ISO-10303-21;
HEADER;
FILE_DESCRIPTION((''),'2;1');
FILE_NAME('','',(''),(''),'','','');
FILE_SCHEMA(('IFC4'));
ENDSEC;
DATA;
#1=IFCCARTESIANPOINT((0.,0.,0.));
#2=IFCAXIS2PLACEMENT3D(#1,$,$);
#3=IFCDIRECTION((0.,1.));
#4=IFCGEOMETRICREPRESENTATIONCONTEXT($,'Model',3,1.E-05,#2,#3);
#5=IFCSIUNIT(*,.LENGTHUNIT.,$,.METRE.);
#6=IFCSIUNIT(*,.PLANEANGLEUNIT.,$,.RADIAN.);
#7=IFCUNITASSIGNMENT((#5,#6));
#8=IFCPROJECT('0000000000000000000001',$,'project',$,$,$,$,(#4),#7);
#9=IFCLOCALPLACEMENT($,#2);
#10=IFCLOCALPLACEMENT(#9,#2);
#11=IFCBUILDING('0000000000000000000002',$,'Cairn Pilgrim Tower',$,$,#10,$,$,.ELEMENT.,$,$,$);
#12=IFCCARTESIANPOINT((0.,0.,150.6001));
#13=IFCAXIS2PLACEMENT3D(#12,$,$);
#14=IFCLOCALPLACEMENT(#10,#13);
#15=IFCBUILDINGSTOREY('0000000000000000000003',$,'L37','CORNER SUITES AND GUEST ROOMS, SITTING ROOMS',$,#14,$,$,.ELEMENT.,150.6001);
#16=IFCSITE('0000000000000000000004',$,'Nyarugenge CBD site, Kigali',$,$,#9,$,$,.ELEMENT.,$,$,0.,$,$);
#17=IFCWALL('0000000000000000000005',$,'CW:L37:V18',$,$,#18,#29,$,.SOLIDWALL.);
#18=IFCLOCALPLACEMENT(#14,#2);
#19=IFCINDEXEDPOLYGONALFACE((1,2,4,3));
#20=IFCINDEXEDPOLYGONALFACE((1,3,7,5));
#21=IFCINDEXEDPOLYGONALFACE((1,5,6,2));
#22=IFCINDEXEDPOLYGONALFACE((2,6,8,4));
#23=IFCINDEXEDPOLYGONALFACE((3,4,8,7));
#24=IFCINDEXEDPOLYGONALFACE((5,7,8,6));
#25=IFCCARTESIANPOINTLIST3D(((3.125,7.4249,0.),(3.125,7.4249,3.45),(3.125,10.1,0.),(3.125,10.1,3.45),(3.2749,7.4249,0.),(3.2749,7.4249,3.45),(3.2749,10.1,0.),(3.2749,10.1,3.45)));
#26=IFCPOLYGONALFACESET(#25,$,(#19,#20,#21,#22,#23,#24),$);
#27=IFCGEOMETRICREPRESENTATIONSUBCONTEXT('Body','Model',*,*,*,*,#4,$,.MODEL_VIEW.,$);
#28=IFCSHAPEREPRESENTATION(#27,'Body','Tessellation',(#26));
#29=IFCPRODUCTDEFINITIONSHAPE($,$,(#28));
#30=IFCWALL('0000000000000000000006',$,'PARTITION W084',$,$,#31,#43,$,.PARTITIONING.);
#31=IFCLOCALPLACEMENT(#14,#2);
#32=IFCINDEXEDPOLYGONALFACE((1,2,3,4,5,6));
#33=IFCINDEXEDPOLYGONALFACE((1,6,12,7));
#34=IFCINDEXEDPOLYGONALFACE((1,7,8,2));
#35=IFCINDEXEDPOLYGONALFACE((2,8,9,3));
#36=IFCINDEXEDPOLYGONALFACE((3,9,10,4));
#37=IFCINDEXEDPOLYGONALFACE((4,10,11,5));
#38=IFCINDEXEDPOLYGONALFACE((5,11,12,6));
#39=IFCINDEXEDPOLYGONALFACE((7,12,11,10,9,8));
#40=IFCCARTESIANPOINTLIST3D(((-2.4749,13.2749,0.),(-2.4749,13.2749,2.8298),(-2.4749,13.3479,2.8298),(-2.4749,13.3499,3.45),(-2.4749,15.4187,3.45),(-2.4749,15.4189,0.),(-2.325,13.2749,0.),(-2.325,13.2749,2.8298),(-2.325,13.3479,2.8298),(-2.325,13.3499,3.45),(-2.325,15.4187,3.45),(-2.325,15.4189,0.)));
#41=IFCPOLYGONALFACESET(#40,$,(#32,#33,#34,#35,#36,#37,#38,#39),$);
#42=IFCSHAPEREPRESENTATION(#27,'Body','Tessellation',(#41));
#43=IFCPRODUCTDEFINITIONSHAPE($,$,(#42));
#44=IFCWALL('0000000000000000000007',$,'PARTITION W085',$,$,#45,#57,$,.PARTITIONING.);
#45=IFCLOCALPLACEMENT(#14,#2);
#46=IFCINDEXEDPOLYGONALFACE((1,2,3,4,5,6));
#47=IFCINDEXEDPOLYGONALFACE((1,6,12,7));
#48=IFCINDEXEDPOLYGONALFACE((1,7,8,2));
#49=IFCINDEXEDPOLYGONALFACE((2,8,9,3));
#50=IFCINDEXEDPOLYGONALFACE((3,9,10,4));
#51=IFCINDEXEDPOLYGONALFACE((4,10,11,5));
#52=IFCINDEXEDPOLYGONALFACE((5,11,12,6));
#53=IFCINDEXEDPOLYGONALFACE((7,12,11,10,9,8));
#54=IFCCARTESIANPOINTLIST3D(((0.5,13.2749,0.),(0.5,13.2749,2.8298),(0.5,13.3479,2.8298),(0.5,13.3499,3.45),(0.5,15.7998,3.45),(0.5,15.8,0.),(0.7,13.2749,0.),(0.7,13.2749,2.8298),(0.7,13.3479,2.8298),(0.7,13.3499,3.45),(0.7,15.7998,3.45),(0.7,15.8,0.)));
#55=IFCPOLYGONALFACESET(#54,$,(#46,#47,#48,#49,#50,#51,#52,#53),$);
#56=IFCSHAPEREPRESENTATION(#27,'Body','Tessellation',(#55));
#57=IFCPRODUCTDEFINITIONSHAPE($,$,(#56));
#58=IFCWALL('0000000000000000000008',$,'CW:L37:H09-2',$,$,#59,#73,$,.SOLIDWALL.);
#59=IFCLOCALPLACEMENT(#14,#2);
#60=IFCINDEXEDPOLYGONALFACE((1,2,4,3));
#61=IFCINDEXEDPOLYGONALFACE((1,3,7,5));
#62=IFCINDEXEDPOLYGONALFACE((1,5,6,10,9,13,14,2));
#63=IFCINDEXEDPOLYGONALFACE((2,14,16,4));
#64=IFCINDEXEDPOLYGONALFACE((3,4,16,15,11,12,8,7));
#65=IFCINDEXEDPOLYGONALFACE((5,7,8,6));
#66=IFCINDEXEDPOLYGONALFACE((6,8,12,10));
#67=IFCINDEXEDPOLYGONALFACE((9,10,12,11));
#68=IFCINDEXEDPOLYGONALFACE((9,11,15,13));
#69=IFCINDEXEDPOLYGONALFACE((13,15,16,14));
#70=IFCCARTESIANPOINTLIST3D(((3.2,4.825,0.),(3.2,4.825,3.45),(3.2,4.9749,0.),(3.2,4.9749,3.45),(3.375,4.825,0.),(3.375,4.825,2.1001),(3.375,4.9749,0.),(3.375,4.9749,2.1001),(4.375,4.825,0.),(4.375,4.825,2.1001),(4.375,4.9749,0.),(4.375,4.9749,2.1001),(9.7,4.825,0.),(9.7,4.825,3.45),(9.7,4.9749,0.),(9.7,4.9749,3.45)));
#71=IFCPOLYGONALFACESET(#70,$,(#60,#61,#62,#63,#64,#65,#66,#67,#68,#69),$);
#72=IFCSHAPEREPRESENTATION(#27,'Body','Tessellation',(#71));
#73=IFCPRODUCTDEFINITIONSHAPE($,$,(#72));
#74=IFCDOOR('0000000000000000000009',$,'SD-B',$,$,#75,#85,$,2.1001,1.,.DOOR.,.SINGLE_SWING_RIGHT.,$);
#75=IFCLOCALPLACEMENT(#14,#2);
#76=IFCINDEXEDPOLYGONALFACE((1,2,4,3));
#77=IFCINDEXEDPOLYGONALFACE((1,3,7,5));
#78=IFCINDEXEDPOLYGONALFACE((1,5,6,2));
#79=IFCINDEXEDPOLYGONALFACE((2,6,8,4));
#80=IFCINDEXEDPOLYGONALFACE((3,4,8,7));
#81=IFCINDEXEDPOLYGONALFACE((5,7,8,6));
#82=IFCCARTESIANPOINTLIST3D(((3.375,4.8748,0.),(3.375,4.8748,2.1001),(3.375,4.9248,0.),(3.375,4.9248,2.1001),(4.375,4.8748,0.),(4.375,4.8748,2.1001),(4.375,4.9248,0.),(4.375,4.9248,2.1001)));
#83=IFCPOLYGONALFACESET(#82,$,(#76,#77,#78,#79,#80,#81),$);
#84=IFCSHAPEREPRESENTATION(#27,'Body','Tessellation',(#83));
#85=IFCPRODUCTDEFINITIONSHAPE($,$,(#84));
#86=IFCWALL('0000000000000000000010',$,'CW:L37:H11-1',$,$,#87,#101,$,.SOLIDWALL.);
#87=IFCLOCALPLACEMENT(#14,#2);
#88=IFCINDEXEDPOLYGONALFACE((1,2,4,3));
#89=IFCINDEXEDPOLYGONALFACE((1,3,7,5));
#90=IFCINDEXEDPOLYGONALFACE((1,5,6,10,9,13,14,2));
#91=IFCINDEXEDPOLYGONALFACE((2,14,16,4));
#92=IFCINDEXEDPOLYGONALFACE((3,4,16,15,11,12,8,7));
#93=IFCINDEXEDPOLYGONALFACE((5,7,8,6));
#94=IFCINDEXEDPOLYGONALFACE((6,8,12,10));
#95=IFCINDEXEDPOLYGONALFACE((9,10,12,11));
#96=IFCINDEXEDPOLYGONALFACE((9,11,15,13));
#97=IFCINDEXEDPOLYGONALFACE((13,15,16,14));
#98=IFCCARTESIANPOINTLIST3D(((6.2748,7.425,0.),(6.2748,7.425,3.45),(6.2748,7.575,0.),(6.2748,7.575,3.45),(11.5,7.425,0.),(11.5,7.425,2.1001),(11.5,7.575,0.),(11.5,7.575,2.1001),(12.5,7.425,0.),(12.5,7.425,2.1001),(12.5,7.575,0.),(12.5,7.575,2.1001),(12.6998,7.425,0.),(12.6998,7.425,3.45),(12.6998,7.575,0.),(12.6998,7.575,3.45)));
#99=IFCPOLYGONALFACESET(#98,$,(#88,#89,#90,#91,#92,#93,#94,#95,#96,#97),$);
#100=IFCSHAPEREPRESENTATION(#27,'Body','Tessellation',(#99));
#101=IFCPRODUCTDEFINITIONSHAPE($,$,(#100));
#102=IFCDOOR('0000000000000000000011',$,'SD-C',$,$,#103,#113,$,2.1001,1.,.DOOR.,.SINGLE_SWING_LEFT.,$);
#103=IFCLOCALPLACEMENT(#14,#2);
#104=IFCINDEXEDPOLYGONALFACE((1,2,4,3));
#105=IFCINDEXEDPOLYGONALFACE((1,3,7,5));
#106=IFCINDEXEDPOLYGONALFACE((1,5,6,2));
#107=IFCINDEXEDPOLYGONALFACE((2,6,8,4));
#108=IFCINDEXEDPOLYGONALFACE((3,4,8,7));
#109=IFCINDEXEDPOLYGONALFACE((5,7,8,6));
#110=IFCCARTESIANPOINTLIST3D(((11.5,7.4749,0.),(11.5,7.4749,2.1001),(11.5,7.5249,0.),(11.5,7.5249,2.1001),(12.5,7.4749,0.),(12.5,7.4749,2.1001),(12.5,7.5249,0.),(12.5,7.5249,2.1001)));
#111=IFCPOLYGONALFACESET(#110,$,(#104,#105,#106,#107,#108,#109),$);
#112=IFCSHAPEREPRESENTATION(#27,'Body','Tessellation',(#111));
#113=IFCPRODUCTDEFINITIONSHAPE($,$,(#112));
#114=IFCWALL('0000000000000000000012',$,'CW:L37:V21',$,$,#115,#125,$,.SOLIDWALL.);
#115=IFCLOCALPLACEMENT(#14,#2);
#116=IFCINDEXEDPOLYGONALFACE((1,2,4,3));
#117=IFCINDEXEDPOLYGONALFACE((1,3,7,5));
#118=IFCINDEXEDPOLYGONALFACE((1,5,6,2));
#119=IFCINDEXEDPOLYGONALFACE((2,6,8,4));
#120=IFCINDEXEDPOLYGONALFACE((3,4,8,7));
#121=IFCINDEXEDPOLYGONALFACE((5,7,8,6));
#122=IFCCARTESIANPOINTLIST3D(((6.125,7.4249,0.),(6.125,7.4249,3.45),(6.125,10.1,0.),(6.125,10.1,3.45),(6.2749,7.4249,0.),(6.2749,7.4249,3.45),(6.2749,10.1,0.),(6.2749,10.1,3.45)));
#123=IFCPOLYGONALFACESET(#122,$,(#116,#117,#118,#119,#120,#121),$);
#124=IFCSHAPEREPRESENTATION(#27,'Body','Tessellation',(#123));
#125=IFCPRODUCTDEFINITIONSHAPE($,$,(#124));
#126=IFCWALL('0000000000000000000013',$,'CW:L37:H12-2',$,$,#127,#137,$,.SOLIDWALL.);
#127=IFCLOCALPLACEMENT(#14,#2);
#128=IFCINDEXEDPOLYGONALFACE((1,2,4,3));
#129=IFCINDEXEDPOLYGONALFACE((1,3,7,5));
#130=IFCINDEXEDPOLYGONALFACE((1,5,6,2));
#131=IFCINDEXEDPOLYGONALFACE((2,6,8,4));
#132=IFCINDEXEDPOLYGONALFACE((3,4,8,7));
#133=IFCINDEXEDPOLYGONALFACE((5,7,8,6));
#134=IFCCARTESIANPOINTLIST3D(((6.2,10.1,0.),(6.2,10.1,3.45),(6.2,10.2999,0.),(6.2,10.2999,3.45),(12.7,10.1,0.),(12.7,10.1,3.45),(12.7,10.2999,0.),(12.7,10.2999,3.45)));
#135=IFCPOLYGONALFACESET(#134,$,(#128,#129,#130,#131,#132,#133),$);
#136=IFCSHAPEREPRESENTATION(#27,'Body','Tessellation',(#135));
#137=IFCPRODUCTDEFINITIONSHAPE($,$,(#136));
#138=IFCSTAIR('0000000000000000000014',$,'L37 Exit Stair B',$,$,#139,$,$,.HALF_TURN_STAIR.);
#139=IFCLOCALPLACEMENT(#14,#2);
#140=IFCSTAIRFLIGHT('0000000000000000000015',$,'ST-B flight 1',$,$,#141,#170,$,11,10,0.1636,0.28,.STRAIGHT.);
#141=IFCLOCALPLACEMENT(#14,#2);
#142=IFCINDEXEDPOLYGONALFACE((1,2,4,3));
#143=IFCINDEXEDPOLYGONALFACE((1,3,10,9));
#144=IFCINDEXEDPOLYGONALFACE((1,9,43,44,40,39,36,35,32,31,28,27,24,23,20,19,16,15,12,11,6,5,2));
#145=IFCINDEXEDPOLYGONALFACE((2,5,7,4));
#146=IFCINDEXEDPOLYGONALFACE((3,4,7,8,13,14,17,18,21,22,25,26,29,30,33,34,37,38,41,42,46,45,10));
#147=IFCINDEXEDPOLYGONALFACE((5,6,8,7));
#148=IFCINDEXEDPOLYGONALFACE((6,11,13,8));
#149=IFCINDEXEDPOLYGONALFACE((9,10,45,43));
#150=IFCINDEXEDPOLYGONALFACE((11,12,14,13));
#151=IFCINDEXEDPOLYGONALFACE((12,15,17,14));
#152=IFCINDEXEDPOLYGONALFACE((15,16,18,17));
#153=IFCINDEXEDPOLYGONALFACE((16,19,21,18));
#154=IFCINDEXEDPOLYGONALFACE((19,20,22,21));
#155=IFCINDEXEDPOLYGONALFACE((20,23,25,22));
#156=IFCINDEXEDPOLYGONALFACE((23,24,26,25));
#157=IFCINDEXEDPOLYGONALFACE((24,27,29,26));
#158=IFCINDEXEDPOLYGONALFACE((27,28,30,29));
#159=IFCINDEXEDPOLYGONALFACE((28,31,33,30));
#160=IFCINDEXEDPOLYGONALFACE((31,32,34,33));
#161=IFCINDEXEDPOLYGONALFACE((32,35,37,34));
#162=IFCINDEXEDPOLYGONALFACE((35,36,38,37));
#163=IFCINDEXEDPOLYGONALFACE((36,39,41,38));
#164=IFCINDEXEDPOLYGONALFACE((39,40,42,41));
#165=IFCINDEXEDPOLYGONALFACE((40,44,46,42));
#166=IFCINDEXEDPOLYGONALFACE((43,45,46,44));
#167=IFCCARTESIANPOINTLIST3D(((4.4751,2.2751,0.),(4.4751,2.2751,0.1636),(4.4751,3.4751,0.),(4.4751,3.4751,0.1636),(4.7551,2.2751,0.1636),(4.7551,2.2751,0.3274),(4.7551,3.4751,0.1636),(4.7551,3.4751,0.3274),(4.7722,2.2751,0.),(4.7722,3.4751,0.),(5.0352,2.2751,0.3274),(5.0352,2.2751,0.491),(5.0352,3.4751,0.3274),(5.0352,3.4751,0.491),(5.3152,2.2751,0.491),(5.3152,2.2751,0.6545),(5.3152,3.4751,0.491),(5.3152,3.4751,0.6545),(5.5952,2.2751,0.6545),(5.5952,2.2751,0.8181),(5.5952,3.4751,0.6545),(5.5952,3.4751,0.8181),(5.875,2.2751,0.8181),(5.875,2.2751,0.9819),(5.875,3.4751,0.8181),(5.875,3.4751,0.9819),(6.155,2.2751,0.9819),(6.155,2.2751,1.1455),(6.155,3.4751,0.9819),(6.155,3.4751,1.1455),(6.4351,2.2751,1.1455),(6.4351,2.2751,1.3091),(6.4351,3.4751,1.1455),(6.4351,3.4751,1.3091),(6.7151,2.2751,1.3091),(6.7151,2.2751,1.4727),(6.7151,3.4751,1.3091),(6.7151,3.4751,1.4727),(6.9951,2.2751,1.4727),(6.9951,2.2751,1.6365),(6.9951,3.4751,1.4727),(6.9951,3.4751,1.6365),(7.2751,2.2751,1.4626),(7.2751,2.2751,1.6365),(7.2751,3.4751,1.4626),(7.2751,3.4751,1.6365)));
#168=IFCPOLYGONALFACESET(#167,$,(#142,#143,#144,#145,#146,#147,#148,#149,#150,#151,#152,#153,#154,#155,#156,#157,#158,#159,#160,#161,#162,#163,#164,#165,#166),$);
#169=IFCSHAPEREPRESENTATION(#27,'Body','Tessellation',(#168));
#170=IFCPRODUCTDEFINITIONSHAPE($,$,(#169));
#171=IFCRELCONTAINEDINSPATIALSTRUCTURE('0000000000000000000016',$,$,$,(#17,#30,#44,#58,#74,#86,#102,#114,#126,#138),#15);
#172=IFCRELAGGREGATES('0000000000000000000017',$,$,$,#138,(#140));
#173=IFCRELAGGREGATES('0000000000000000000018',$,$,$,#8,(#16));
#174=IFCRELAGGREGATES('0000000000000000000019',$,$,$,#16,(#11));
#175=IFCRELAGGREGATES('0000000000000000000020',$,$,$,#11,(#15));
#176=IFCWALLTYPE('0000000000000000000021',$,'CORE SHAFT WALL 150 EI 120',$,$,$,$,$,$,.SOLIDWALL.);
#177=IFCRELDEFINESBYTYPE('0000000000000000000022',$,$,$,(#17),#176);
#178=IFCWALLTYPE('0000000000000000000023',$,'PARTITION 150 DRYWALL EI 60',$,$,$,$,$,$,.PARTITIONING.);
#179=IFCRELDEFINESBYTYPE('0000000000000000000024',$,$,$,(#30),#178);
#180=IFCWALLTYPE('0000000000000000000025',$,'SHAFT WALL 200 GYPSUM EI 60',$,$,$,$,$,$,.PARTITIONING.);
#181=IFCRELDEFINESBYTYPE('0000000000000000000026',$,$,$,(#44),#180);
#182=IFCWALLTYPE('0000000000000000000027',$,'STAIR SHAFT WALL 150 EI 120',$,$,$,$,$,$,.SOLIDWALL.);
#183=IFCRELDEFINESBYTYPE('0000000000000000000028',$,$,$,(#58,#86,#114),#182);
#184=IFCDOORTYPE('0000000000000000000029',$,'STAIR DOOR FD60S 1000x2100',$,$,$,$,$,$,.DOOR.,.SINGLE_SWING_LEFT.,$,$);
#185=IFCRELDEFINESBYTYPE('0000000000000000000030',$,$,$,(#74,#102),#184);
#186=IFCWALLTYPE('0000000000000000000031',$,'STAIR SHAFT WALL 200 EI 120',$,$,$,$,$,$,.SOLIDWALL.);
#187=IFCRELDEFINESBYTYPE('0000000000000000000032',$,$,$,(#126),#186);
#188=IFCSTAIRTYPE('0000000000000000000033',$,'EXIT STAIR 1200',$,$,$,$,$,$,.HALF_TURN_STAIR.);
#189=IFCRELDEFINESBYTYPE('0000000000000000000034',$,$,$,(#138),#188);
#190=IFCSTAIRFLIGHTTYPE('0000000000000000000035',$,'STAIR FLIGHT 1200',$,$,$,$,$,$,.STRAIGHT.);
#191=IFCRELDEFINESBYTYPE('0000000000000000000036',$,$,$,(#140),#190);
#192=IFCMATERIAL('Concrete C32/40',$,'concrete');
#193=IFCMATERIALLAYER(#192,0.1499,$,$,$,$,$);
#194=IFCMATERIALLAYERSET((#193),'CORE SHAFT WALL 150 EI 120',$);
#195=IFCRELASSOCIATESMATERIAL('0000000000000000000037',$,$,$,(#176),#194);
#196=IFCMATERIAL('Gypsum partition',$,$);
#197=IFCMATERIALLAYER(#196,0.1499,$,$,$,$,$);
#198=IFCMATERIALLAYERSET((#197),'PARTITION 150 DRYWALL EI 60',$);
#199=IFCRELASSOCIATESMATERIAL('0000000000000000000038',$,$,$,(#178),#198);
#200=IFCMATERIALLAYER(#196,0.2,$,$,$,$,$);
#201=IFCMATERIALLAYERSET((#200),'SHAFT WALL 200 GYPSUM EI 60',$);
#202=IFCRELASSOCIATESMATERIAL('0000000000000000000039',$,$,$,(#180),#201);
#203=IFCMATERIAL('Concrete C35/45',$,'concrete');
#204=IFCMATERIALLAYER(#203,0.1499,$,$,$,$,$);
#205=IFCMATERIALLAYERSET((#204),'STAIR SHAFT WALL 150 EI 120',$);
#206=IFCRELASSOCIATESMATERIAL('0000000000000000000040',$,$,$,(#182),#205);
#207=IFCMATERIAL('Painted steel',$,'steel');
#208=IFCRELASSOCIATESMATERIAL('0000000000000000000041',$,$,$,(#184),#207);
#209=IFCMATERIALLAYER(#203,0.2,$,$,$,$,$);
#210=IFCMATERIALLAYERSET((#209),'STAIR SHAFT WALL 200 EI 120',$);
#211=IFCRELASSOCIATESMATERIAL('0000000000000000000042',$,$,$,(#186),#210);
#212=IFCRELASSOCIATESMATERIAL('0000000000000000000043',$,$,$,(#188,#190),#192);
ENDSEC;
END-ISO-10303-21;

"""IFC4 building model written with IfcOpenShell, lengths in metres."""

from ifc_helpers import new_model, si_unit, direction, frame, frame_2d, origin, place, context, subcontext, project, spatial, polyline, rectangle, outline, extrude, material, layer, layer_set, type_object, element, fill, aggregate, save


model = new_model("IFC4")

# Units and contexts
model_context = context("Model", 3, precision=1e-05, world=origin(), true_north=direction((0.0, 1.0)))
body_context = subcontext(model_context, "Body", "Model", "MODEL_VIEW")
ifc_project = project(units=[si_unit("LENGTHUNIT", "METRE"), si_unit("PLANEANGLEUNIT", "RADIAN")], contexts=[model_context])

# Site, building, storey
site_placement = place(None, origin())
site = spatial("IfcSite", under=ifc_project, at=site_placement, Name="Nyarugenge CBD site, Kigali", CompositionType="ELEMENT", RefElevation=0.0)
building_placement = place(site_placement, origin())
building = spatial("IfcBuilding", under=site, at=building_placement, Name="Cairn Pilgrim Tower", CompositionType="ELEMENT")
storey_placement = place(building_placement, frame((0.0, 0.0, 150.6001)))
storey = spatial("IfcBuildingStorey", under=building, at=storey_placement, Name="L37", Description="CORNER SUITES AND GUEST ROOMS, SITTING ROOMS", CompositionType="ELEMENT", Elevation=150.6001)

# Shared definitions
ifc_material_1 = material(Name="Concrete C32/40", Category="concrete")

# Shared definitions
ifc_layer_1 = layer(ifc_material_1, 0.1499)
ifc_layer_set_1 = layer_set([ifc_layer_1], Name="CORE SHAFT WALL 150 EI 120")
wall_type_1 = type_object("IfcWallType", Name="CORE SHAFT WALL 150 EI 120", PredefinedType="SOLIDWALL", material=ifc_layer_set_1)

# Walls
wall_1_placement = place(storey_placement, frame((3.2, 7.425, 0.0), z_axis=(0.0, 0.0, 1.0), x_axis=(0.0, 1.0, 0.0)))
element("IfcWall", 1, at=wall_1_placement, inside=storey, type_object=wall_type_1, Name="CW:L37:V18", PredefinedType="SOLIDWALL", context=body_context, shape_type="SweptSolid", body=[
    extrude(rectangle(XDim=2.675, YDim=0.1499, at=frame_2d((1.3374, 0.0))), origin(), (0.0, 0.0, 1.0), 3.45),
])
ifc_material_2 = material(Name="Gypsum partition")
ifc_layer_2 = layer(ifc_material_2, 0.1499)
ifc_layer_set_2 = layer_set([ifc_layer_2], Name="PARTITION 150 DRYWALL EI 60")
wall_type_2 = type_object("IfcWallType", Name="PARTITION 150 DRYWALL EI 60", PredefinedType="PARTITIONING", material=ifc_layer_set_2)
wall_2_placement = place(storey_placement, frame((-2.3999, 13.2749, 0.0), z_axis=(0.0, 0.0, 1.0), x_axis=(0.0, 1.0, 0.0)))
element("IfcWall", 2, at=wall_2_placement, inside=storey, type_object=wall_type_2, Name="PARTITION W084", PredefinedType="PARTITIONING", context=body_context, shape_type="SweptSolid", body=[
    extrude(outline(polyline([(0.0, 0.0), (2.144, 0.0), (2.1438, 3.45), (0.075, 3.45), (0.073, 2.8298), (0.0, 2.8298), (0.0, 0.0)])), frame((0.0, 0.075, 0.0), z_axis=(0.0, -1.0, 0.0), x_axis=(1.0, 0.0, 0.0)), (0.0, 0.0, 1.0), 0.1499),
])
ifc_layer_3 = layer(ifc_material_2, 0.2)
ifc_layer_set_3 = layer_set([ifc_layer_3], Name="SHAFT WALL 200 GYPSUM EI 60")
wall_type_3 = type_object("IfcWallType", Name="SHAFT WALL 200 GYPSUM EI 60", PredefinedType="PARTITIONING", material=ifc_layer_set_3)
wall_3_placement = place(storey_placement, frame((0.6001, 13.2749, 0.0), z_axis=(0.0, 0.0, 1.0), x_axis=(0.0, 1.0, 0.0)))
element("IfcWall", 3, at=wall_3_placement, inside=storey, type_object=wall_type_3, Name="PARTITION W085", PredefinedType="PARTITIONING", context=body_context, shape_type="SweptSolid", body=[
    extrude(outline(polyline([(0.0, 0.0), (2.5251, 0.0), (2.5249, 3.45), (0.075, 3.45), (0.073, 2.8298), (0.0, 2.8298), (0.0, 0.0)])), frame((0.0, 0.1001, 0.0), z_axis=(0.0, -1.0, 0.0), x_axis=(1.0, 0.0, 0.0)), (0.0, 0.0, 1.0), 0.2),
])

# Walls, openings, doors
ifc_material_3 = material(Name="Concrete C35/45", Category="concrete")
ifc_layer_4 = layer(ifc_material_3, 0.1499)
ifc_layer_set_4 = layer_set([ifc_layer_4], Name="STAIR SHAFT WALL 150 EI 120")
wall_type_4 = type_object("IfcWallType", Name="STAIR SHAFT WALL 150 EI 120", PredefinedType="SOLIDWALL", material=ifc_layer_set_4)
wall_4_placement = place(storey_placement, frame((3.2, 4.8999, 0.0), z_axis=(0.0, 0.0, 1.0), x_axis=(1.0, 0.0, 0.0)))
wall_4 = element("IfcWall", 4, at=wall_4_placement, inside=storey, type_object=wall_type_4, Name="CW:L37:H09-2", PredefinedType="SOLIDWALL", context=body_context, shape_type="SweptSolid", body=[
    extrude(rectangle(XDim=6.5, YDim=0.1499, at=frame_2d((3.25, 0.0))), origin(), (0.0, 0.0, 1.0), 3.45),
])
opening_1_placement = place(wall_4_placement, frame((0.175, 0.0, 0.0)))
opening_1 = element("IfcOpeningElement", 5, at=opening_1_placement, cuts=wall_4, PredefinedType="OPENING", context=body_context, shape_type="SweptSolid", body=[
    extrude(rectangle(XDim=1.0, YDim=2.1001, at=frame_2d((0.5, 1.05))), frame((0.0, 0.085, 0.0), z_axis=(0.0, -1.0, 0.0), x_axis=(1.0, 0.0, 0.0)), (0.0, 0.0, 1.0), 0.1699),
])
ifc_material_4 = material(Name="Painted steel", Category="steel")
door_type_1 = type_object("IfcDoorType", Name="STAIR DOOR FD60S 1000x2100", OperationType="SINGLE_SWING_LEFT", PredefinedType="DOOR", material=ifc_material_4)
door_1_placement = place(opening_1_placement, origin())
door_1 = element("IfcDoor", 6, at=door_1_placement, inside=storey, type_object=door_type_1, Name="SD-B", OperationType="SINGLE_SWING_RIGHT", OverallHeight=2.1001, OverallWidth=1.0, PredefinedType="DOOR", context=body_context, shape_type="SweptSolid", body=[
    extrude(rectangle(XDim=1.0, YDim=2.1001, at=frame_2d((0.5, 1.05))), frame((0.0, 0.0249, 0.0), z_axis=(0.0, -1.0, 0.0), x_axis=(1.0, 0.0, 0.0)), (0.0, 0.0, 1.0), 0.05),
])
fill(opening_1, door_1)
wall_5_placement = place(storey_placement, frame((6.2749, 7.5, 0.0), z_axis=(0.0, 0.0, 1.0), x_axis=(1.0, 0.0, 0.0)))
wall_5 = element("IfcWall", 7, at=wall_5_placement, inside=storey, type_object=wall_type_4, Name="CW:L37:H11-1", PredefinedType="SOLIDWALL", context=body_context, shape_type="SweptSolid", body=[
    extrude(rectangle(XDim=6.425, YDim=0.1499, at=frame_2d((3.2124, 0.0))), origin(), (0.0, 0.0, 1.0), 3.45),
])
opening_2_placement = place(wall_5_placement, frame((5.2251, 0.0, 0.0)))
opening_2 = element("IfcOpeningElement", 8, at=opening_2_placement, cuts=wall_5, PredefinedType="OPENING", context=body_context, shape_type="SweptSolid", body=[
    extrude(rectangle(XDim=1.0, YDim=2.1001, at=frame_2d((0.5, 1.05))), frame((0.0, 0.085, 0.0), z_axis=(0.0, -1.0, 0.0), x_axis=(1.0, 0.0, 0.0)), (0.0, 0.0, 1.0), 0.1699),
])
door_2_placement = place(opening_2_placement, origin())
door_2 = element("IfcDoor", 9, at=door_2_placement, inside=storey, type_object=door_type_1, Name="SD-C", OperationType="SINGLE_SWING_LEFT", OverallHeight=2.1001, OverallWidth=1.0, PredefinedType="DOOR", context=body_context, shape_type="SweptSolid", body=[
    extrude(rectangle(XDim=1.0, YDim=2.1001, at=frame_2d((0.5, 1.05))), frame((0.0, 0.0249, 0.0), z_axis=(0.0, -1.0, 0.0), x_axis=(1.0, 0.0, 0.0)), (0.0, 0.0, 1.0), 0.05),
])
fill(opening_2, door_2)

# Walls
wall_6_placement = place(storey_placement, frame((6.2, 7.425, 0.0), z_axis=(0.0, 0.0, 1.0), x_axis=(0.0, 1.0, 0.0)))
element("IfcWall", 10, at=wall_6_placement, inside=storey, type_object=wall_type_4, Name="CW:L37:V21", PredefinedType="SOLIDWALL", context=body_context, shape_type="SweptSolid", body=[
    extrude(rectangle(XDim=2.675, YDim=0.1499, at=frame_2d((1.3374, 0.0))), origin(), (0.0, 0.0, 1.0), 3.45),
])
ifc_layer_5 = layer(ifc_material_3, 0.2)
ifc_layer_set_5 = layer_set([ifc_layer_5], Name="STAIR SHAFT WALL 200 EI 120")
wall_type_5 = type_object("IfcWallType", Name="STAIR SHAFT WALL 200 EI 120", PredefinedType="SOLIDWALL", material=ifc_layer_set_5)
wall_7_placement = place(storey_placement, frame((6.2, 10.2, 0.0), z_axis=(0.0, 0.0, 1.0), x_axis=(1.0, 0.0, 0.0)))
element("IfcWall", 11, at=wall_7_placement, inside=storey, type_object=wall_type_5, Name="CW:L37:H12-2", PredefinedType="SOLIDWALL", context=body_context, shape_type="SweptSolid", body=[
    extrude(rectangle(XDim=6.5, YDim=0.2, at=frame_2d((3.25, 0.0))), origin(), (0.0, 0.0, 1.0), 3.45),
])

# Stair, stair flight
stair_type = type_object("IfcStairType", Name="EXIT STAIR 1200", PredefinedType="HALF_TURN_STAIR", material=ifc_material_1)
stair_placement = place(storey_placement, origin())
stair = element("IfcStair", 12, at=stair_placement, inside=storey, type_object=stair_type, Name="L37 Exit Stair B", PredefinedType="HALF_TURN_STAIR")
stair_flight_type = type_object("IfcStairFlightType", Name="STAIR FLIGHT 1200", PredefinedType="STRAIGHT", material=ifc_material_1)
stair_flight_placement = place(storey_placement, frame((4.4751, 2.875, 0.0), z_axis=(0.0, 0.0, 1.0), x_axis=(1.0, 0.0, 0.0)))
stair_flight = element("IfcStairFlight", 13, at=stair_flight_placement, type_object=stair_flight_type, Name="ST-B flight 1", NumberOfRisers=11, NumberOfTreads=10, PredefinedType="STRAIGHT", RiserHeight=0.1636, TreadLength=0.28, context=body_context, shape_type="SweptSolid", body=[
    extrude(outline(polyline([(0.0, 0.0), (0.0, 0.1636), (0.28, 0.1636), (0.28, 0.3274), (0.5601, 0.3274), (0.5601, 0.491), (0.8401, 0.491), (0.8401, 0.6545), (1.1201, 0.6545), (1.1201, 0.8181), (1.3999, 0.8181), (1.3999, 0.9819), (1.6799, 0.9819), (1.6799, 1.1455), (1.96, 1.1455), (1.96, 1.3091), (2.24, 1.3091), (2.24, 1.4727), (2.52, 1.4727), (2.52, 1.6365), (2.8, 1.6365), (2.8, 1.8), (2.8, 1.4626), (0.2971, 0.0), (0.0, 0.0)])), frame((0.0, 0.6001, 0.0), z_axis=(0.0, -1.0, 0.0), x_axis=(1.0, 0.0, 0.0)), (0.0, 0.0, 1.0), 1.2),
])
aggregate(stair, [stair_flight])

save(model, "model.ifc")
